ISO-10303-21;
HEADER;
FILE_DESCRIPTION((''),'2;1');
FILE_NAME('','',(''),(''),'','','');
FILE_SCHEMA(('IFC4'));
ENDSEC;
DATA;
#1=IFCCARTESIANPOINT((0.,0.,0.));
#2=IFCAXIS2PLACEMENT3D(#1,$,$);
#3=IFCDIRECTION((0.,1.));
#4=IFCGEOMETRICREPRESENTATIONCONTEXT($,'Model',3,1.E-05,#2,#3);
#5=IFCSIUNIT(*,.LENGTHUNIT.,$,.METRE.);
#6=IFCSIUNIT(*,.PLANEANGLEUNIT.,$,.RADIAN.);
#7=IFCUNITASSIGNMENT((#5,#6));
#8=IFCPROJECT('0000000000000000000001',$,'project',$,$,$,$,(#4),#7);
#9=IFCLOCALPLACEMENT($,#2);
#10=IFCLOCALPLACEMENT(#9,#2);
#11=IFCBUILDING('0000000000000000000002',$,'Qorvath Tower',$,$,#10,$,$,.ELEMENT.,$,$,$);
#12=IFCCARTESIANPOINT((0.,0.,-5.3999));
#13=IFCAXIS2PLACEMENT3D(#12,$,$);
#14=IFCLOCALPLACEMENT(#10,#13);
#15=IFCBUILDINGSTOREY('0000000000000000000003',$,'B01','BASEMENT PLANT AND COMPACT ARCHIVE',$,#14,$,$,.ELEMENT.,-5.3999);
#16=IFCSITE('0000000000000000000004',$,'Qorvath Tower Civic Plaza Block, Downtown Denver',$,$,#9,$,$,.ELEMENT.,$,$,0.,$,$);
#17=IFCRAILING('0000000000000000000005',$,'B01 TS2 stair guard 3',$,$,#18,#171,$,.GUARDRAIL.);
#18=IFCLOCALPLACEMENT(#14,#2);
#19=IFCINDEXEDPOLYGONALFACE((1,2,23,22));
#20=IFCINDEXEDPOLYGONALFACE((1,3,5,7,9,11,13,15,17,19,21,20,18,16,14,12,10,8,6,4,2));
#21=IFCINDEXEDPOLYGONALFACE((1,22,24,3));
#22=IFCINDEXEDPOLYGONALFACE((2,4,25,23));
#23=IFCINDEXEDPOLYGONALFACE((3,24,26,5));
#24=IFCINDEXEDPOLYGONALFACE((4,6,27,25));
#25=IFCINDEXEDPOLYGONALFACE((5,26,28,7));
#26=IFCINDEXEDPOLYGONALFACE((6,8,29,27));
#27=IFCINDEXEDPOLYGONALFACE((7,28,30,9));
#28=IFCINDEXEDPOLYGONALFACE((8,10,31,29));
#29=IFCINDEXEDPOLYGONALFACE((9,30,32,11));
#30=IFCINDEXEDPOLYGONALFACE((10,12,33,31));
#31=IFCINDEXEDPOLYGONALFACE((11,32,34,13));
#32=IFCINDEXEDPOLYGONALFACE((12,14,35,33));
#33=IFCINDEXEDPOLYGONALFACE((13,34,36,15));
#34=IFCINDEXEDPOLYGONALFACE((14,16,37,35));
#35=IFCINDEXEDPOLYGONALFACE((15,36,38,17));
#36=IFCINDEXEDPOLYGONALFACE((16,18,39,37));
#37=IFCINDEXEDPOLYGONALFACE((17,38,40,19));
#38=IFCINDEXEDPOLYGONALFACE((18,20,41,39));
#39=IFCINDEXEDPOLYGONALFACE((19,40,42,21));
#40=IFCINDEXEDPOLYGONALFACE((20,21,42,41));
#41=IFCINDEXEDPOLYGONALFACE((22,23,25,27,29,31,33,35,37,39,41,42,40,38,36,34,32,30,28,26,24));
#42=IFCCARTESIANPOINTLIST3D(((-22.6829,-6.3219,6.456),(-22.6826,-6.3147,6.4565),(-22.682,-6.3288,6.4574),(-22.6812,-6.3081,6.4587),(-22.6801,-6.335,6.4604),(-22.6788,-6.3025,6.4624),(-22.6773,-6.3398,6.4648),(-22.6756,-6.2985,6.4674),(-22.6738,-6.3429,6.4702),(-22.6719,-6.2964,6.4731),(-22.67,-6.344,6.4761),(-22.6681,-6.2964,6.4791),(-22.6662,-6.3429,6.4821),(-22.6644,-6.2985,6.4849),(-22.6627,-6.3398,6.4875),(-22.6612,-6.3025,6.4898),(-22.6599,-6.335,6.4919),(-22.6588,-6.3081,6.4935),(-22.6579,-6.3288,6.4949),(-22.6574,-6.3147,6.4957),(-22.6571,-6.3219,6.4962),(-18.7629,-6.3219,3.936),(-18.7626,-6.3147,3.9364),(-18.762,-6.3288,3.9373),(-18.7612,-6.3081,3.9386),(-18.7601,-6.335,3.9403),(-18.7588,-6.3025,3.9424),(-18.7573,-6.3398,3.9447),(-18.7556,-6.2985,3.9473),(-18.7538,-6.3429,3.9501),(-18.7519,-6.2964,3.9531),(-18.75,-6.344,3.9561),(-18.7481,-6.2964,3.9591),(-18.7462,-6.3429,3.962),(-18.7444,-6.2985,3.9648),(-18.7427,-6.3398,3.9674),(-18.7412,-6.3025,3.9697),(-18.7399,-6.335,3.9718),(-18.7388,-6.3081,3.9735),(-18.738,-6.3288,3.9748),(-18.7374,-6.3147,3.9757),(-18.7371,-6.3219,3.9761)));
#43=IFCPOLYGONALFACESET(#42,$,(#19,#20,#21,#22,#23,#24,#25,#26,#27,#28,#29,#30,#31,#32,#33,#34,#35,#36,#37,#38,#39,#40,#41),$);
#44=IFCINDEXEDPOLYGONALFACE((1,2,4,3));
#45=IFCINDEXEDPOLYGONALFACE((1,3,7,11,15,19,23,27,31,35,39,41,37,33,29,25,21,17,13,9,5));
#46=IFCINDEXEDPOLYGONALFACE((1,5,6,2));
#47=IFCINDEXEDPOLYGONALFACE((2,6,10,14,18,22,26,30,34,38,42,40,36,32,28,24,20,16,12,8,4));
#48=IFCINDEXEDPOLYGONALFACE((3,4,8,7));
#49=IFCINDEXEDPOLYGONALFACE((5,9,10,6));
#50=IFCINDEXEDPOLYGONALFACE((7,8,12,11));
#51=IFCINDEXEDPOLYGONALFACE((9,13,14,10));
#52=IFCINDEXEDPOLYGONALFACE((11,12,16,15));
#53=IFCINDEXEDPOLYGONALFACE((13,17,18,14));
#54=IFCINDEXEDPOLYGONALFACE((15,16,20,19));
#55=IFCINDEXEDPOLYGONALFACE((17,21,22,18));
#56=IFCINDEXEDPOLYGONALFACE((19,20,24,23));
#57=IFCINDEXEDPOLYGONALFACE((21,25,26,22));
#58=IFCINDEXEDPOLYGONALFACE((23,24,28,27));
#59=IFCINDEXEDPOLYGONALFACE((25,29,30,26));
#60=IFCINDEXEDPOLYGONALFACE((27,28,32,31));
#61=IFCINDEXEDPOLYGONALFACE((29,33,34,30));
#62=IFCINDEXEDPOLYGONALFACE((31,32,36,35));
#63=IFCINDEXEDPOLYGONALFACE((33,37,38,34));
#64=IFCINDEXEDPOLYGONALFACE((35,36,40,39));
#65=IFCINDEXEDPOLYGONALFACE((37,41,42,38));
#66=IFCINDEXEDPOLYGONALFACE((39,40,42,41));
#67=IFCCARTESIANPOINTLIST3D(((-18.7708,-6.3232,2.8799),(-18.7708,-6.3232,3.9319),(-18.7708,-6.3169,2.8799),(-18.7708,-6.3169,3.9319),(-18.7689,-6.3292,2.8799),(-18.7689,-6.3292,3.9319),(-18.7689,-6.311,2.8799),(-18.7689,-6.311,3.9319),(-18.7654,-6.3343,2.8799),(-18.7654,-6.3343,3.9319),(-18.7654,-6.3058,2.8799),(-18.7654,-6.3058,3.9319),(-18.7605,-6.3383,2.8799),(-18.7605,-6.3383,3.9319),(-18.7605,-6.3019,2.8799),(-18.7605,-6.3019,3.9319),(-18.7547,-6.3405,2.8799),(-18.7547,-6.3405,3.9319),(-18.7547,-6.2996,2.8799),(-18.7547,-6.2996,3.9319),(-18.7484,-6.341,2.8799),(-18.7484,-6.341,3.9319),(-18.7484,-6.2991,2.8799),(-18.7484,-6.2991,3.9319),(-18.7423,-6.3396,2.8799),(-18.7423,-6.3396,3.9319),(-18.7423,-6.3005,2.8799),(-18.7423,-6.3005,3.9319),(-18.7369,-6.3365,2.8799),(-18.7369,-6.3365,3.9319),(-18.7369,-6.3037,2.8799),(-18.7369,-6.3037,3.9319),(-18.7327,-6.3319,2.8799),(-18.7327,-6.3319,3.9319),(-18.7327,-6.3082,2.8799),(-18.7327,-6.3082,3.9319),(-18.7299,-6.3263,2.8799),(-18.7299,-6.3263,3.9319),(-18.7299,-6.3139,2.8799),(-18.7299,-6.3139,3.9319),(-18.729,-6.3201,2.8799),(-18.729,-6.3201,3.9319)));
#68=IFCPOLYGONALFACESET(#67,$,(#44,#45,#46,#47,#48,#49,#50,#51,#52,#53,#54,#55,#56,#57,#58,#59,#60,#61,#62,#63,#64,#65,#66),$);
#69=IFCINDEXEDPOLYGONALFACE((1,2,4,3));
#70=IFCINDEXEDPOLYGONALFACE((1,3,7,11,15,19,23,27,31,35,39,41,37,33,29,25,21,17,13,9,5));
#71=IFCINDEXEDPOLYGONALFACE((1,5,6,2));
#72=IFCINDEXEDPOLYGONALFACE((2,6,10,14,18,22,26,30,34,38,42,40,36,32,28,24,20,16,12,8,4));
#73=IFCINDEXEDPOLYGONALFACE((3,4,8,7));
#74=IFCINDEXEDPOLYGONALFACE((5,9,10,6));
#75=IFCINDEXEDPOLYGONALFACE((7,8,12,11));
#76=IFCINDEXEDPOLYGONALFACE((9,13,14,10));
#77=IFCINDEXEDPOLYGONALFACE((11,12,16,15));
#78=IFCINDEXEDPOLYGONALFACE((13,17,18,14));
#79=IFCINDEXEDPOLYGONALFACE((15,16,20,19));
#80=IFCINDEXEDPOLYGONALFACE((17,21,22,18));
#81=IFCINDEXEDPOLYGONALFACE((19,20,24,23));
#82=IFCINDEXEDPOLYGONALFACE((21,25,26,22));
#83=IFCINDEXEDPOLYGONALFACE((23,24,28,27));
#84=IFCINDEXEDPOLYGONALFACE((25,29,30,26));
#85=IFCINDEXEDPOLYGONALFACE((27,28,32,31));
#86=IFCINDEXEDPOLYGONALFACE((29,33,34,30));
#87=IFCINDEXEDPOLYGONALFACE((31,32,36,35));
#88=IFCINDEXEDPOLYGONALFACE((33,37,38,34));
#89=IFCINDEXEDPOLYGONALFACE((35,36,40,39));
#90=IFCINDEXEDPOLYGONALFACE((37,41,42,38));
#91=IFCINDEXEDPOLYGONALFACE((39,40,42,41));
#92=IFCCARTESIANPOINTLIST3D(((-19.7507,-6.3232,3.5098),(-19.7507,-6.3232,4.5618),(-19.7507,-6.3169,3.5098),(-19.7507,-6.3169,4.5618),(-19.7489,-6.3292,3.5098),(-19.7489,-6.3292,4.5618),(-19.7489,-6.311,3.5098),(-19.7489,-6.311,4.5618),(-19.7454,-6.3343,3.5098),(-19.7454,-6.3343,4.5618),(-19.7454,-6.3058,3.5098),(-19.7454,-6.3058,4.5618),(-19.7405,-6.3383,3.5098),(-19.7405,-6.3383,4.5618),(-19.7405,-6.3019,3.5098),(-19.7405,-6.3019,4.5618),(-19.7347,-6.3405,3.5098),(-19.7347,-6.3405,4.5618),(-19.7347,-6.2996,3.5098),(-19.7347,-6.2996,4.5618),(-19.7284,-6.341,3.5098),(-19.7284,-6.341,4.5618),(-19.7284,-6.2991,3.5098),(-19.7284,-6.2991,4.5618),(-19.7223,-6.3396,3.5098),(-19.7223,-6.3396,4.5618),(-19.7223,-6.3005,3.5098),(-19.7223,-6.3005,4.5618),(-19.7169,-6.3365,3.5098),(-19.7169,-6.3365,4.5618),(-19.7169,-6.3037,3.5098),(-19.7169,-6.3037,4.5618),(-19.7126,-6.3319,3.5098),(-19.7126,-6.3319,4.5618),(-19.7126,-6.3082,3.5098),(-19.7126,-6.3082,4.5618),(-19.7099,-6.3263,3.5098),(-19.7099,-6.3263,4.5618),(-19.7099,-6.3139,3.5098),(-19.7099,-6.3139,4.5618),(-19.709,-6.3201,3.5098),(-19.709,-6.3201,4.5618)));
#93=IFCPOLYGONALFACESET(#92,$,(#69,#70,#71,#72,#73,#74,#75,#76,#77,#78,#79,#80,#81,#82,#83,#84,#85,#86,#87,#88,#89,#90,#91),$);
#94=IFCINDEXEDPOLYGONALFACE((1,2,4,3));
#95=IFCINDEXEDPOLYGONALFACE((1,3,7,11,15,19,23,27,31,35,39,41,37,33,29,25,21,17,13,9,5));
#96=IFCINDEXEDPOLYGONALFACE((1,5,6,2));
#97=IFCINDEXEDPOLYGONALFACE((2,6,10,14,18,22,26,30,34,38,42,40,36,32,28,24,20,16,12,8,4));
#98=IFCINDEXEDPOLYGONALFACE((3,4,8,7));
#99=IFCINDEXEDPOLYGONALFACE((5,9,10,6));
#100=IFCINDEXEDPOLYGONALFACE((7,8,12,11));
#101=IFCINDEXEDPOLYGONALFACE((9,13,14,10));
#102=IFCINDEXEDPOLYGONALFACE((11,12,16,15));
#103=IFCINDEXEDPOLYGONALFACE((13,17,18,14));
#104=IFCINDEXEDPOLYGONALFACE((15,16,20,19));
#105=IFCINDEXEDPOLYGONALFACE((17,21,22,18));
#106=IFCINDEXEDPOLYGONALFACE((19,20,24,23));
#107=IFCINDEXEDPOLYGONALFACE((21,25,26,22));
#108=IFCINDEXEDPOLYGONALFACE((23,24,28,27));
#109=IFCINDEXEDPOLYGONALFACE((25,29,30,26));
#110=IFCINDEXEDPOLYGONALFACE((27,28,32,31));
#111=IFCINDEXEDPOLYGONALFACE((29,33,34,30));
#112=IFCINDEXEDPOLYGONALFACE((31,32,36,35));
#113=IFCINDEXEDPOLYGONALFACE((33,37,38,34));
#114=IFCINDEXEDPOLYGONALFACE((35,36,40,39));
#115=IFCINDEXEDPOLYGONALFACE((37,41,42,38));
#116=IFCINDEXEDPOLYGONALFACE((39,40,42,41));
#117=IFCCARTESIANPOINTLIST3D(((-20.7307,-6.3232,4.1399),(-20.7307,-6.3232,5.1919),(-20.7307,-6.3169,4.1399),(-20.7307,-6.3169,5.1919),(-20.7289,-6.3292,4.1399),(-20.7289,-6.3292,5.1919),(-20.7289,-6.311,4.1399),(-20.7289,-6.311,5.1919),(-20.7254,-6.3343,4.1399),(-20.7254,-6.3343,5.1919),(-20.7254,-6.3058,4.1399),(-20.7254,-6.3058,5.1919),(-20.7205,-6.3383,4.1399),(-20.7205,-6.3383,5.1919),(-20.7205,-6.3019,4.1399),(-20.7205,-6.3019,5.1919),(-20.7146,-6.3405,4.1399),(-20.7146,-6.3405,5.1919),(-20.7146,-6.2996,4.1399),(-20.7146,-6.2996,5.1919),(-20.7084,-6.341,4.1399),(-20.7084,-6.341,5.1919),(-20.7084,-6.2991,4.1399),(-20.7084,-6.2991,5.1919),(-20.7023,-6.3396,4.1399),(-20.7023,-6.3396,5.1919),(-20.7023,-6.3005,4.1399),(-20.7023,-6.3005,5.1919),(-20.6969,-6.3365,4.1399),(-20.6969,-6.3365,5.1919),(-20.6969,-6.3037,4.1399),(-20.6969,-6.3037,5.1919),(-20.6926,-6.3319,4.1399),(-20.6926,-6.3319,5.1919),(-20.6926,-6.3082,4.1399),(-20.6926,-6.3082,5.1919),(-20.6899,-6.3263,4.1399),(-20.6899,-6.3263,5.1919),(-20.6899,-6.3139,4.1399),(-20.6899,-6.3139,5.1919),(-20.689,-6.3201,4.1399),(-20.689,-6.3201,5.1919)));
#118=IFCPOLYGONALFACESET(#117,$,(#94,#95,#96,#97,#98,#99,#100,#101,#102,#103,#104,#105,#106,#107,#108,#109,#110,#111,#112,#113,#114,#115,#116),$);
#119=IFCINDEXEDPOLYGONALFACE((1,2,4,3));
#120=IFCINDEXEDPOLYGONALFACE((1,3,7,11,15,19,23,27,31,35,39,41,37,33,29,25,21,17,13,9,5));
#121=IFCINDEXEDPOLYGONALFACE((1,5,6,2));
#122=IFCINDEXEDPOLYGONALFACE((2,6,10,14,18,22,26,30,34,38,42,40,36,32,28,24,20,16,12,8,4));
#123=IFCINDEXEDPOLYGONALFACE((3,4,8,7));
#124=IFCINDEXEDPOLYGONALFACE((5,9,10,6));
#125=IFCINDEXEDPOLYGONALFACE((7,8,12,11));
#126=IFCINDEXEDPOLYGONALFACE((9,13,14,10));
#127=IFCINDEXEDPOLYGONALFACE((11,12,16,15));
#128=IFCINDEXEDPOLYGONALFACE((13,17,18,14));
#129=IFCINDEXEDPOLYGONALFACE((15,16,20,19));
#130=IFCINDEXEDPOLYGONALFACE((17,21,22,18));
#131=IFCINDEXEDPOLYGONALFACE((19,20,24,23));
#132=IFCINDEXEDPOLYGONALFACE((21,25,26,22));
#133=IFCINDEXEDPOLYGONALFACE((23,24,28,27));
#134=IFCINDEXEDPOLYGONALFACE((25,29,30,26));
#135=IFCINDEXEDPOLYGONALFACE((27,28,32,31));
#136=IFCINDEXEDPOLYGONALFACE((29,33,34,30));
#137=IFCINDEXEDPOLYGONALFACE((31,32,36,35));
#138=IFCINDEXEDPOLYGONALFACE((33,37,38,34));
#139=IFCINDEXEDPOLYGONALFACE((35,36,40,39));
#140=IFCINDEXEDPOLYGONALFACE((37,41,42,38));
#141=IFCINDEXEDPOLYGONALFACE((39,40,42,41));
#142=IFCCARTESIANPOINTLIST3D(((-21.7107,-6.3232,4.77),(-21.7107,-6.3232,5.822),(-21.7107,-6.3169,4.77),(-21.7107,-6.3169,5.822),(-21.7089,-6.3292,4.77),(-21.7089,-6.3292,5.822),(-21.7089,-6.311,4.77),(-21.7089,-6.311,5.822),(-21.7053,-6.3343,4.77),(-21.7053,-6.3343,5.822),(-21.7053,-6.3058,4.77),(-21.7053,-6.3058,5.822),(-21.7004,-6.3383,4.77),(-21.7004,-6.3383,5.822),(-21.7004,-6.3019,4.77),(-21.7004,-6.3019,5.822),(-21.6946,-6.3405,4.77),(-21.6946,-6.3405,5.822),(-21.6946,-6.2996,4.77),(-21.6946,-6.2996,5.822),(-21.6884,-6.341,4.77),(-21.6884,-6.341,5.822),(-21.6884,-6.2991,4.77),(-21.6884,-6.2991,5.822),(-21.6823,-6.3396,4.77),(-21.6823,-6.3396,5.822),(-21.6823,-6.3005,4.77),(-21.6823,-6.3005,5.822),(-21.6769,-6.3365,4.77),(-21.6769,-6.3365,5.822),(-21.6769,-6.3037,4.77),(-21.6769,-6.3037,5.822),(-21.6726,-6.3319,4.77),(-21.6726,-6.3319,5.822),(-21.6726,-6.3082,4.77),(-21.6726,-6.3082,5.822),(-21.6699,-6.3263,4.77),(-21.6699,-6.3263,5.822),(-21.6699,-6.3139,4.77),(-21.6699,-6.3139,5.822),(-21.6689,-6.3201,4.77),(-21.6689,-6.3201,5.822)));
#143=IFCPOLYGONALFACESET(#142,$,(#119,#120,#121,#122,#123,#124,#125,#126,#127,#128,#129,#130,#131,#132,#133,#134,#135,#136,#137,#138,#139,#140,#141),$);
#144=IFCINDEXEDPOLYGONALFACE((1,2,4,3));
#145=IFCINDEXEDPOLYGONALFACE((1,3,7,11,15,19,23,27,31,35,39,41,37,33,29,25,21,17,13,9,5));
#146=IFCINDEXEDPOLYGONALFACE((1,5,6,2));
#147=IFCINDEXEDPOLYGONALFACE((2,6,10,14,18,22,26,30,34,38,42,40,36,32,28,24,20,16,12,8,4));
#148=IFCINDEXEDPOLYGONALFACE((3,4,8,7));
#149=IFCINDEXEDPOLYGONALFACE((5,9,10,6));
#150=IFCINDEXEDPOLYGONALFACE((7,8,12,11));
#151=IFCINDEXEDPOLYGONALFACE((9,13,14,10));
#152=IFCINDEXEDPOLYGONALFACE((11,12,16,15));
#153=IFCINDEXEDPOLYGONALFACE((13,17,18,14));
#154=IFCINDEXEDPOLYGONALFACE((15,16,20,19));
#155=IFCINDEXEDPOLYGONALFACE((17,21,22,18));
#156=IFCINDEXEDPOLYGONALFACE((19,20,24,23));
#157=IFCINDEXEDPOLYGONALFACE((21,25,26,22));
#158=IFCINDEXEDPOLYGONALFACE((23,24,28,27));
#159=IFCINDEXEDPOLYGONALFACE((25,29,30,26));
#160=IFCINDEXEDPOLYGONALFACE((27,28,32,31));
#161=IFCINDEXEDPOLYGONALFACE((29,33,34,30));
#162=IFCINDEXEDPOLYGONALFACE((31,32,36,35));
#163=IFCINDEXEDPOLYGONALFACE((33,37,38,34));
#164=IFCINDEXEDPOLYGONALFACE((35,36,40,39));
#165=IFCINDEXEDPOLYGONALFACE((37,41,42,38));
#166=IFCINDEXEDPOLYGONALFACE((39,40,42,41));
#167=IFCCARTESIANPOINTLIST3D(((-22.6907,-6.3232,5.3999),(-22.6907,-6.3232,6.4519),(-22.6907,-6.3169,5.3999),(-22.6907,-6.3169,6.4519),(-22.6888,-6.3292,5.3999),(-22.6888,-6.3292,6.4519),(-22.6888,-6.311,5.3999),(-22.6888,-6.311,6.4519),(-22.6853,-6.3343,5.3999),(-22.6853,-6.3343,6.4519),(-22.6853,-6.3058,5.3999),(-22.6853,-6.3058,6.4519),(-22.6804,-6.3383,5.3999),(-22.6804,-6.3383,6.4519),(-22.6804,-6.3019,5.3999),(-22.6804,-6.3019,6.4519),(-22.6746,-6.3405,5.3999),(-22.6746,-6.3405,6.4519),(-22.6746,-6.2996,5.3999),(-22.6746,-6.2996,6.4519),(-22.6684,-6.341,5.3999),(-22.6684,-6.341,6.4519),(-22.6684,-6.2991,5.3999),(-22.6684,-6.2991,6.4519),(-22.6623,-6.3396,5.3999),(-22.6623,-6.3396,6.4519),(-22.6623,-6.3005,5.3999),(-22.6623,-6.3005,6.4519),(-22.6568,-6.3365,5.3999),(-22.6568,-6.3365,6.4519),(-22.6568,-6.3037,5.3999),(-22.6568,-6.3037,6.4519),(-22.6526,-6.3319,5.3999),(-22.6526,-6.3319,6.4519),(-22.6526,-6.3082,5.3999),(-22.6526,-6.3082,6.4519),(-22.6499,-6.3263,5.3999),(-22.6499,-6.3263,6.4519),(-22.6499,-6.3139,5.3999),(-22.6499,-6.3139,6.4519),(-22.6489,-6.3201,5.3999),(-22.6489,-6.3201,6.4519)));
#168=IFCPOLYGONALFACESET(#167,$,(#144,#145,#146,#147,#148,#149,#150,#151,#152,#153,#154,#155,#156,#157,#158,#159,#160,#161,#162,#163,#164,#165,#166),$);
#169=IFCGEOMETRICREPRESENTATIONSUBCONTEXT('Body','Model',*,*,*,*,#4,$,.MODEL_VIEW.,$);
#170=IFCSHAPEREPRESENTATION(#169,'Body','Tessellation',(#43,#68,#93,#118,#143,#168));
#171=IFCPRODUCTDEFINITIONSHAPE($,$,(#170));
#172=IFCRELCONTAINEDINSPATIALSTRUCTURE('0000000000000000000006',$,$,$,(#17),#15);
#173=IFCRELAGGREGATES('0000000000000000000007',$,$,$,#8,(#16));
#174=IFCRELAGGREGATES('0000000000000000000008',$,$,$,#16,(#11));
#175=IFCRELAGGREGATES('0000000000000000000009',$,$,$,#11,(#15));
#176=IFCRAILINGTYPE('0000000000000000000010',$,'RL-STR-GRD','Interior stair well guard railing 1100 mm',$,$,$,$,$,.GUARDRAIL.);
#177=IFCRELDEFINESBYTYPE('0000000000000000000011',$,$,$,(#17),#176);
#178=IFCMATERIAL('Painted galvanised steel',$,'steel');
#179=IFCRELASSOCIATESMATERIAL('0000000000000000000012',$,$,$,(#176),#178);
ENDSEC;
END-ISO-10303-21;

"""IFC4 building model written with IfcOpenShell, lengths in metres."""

from ifc_helpers import new_model, si_unit, direction, frame, origin, origin_2d, place, context, subcontext, project, spatial, circle, extrude, material, type_object, element, save


model = new_model("IFC4")

# Units and contexts
model_context = context("Model", 3, precision=1e-05, world=origin(), true_north=direction((0.0, 1.0)))
body_context = subcontext(model_context, "Body", "Model", "MODEL_VIEW")
ifc_project = project(units=[si_unit("LENGTHUNIT", "METRE"), si_unit("PLANEANGLEUNIT", "RADIAN")], contexts=[model_context])

# Site, building, storey
site_placement = place(None, origin())
site = spatial("IfcSite", under=ifc_project, at=site_placement, Name="Qorvath Tower Civic Plaza Block, Downtown Denver", CompositionType="ELEMENT", RefElevation=0.0)
building_placement = place(site_placement, origin())
building = spatial("IfcBuilding", under=site, at=building_placement, Name="Qorvath Tower", CompositionType="ELEMENT")
storey_placement = place(building_placement, frame((0.0, 0.0, -5.3999)))
storey = spatial("IfcBuildingStorey", under=building, at=storey_placement, Name="B01", Description="BASEMENT PLANT AND COMPACT ARCHIVE", CompositionType="ELEMENT", Elevation=-5.3999)

# Railing
ifc_material_1 = material(Name="Painted galvanised steel", Category="steel")
railing_type_1 = type_object("IfcRailingType", Name="RL-STR-GRD", Description="Interior stair well guard railing 1100 mm", PredefinedType="GUARDRAIL", material=ifc_material_1)
railing_1_placement = place(storey_placement, frame((-18.75, -6.3201, 2.8799)))
element("IfcRailing", 1, at=railing_1_placement, inside=storey, type_object=railing_type_1, Name="B01 TS2 stair guard 3", PredefinedType="GUARDRAIL", context=body_context, shape_type="SweptSolid", body=[
    extrude(circle(Radius=0.0239, at=origin_2d()), frame((0.0, 0.0, 1.0762), z_axis=(-0.841172, 0.0, 0.540768), x_axis=(0.0, -1.0, 0.0)), (0.0, 0.0, 1.0), 4.6602),
    extrude(circle(Radius=0.021, at=origin_2d()), origin(), (0.0, 0.0, 1.0), 1.052),
    extrude(circle(Radius=0.021, at=origin_2d()), frame((-0.98, 0.0, 0.6299)), (0.0, 0.0, 1.0), 1.052),
    extrude(circle(Radius=0.021, at=origin_2d()), frame((-1.96, 0.0, 1.26)), (0.0, 0.0, 1.0), 1.052),
    extrude(circle(Radius=0.021, at=origin_2d()), frame((-2.9399, 0.0, 1.8901)), (0.0, 0.0, 1.0), 1.052),
    extrude(circle(Radius=0.021, at=origin_2d()), frame((-3.9199, 0.0, 2.52)), (0.0, 0.0, 1.0), 1.052),
])

save(model, "model.ifc")
